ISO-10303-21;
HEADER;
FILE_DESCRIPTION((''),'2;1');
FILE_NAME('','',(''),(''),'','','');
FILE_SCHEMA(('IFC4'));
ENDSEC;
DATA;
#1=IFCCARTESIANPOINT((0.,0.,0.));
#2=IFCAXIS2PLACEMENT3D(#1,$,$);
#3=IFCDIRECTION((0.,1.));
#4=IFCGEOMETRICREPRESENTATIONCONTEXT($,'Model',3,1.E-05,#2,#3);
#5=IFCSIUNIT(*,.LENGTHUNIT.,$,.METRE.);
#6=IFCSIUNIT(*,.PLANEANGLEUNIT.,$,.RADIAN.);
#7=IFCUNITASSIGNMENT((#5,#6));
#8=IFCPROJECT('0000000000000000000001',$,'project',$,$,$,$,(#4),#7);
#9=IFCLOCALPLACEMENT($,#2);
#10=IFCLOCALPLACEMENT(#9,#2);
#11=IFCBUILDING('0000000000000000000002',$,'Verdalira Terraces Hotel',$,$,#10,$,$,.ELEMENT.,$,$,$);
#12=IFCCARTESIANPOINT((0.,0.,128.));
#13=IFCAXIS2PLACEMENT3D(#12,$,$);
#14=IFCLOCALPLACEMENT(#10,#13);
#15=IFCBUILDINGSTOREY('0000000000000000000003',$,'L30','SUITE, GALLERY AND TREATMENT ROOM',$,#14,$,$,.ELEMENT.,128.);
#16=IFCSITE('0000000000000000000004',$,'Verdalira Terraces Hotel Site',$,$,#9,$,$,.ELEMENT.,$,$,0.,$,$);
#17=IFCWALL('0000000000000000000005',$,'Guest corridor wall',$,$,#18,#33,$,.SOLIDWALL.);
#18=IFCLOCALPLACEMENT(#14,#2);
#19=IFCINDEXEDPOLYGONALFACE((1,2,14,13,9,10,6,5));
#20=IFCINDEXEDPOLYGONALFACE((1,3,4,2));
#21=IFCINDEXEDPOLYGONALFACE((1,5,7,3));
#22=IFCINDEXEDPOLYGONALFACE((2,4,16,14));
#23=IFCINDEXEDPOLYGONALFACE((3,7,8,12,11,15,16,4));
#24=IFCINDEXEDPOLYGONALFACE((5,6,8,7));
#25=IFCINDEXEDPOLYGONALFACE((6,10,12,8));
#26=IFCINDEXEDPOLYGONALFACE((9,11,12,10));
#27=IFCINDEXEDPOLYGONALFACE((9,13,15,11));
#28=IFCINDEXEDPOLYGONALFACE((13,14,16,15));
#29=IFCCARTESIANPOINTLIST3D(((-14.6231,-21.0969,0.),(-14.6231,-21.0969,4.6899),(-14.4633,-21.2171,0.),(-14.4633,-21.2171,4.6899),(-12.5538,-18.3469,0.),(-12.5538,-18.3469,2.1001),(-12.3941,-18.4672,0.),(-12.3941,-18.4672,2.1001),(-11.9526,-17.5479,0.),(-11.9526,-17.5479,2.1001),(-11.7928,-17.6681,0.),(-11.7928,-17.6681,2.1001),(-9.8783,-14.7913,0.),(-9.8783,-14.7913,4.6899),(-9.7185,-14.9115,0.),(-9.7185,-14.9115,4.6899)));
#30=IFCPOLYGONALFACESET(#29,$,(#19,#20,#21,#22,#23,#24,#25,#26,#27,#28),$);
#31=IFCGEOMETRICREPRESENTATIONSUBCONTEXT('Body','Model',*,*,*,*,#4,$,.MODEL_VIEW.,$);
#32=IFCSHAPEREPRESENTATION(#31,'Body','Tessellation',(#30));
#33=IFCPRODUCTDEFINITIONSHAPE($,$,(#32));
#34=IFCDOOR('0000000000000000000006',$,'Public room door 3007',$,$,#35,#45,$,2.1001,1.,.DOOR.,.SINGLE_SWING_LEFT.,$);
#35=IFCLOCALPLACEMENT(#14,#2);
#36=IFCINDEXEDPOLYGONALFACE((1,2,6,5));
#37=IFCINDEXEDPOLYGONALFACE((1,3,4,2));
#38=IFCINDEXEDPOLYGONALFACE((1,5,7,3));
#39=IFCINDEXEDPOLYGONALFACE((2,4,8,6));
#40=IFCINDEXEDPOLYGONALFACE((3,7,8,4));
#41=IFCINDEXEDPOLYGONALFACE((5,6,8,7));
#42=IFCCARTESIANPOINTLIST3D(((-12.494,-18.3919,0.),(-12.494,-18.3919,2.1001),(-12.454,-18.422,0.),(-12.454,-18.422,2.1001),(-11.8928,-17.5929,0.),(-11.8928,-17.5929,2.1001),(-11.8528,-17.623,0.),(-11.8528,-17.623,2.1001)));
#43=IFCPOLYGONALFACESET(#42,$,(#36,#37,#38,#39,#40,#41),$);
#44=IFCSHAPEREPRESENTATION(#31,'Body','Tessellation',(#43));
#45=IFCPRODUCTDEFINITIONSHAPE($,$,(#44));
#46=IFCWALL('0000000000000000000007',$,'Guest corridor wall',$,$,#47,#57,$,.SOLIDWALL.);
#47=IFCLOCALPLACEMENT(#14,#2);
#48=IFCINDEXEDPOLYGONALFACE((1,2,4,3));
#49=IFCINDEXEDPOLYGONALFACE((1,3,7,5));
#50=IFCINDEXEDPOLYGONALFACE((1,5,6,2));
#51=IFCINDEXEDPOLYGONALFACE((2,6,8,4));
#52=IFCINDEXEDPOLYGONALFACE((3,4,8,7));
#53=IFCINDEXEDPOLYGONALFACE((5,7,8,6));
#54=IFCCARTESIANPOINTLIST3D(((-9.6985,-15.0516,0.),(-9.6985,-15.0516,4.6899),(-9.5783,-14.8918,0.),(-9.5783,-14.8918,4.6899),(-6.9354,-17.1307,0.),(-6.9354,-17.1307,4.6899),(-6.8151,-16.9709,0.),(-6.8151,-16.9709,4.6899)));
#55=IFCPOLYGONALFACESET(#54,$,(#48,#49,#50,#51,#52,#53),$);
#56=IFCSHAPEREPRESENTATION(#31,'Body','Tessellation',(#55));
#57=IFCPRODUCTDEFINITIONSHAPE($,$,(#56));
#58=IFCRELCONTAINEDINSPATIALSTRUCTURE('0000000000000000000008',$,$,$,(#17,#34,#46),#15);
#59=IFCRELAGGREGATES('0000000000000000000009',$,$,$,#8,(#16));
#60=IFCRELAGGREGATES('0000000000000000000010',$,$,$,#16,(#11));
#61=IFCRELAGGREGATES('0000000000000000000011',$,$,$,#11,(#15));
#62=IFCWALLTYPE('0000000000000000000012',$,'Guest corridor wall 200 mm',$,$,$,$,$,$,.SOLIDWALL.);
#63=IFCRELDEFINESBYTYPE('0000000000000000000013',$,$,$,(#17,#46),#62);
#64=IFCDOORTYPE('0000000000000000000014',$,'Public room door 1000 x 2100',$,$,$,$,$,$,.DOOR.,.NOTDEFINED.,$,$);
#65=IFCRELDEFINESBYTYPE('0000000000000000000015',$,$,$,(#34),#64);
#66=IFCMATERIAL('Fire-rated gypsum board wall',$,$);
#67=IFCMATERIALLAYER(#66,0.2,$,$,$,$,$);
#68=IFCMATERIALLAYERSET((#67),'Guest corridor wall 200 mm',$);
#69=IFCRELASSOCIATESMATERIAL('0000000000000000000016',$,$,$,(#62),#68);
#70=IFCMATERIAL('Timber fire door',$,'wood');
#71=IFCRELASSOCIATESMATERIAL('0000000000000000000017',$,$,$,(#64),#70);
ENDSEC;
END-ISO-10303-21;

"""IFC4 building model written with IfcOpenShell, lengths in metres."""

from ifc_helpers import new_model, si_unit, direction, frame, frame_2d, origin, place, context, subcontext, project, spatial, rectangle, extrude, material, layer, layer_set, type_object, element, fill, save


model = new_model("IFC4")

# Units and contexts
model_context = context("Model", 3, precision=1e-05, world=origin(), true_north=direction((0.0, 1.0)))
body_context = subcontext(model_context, "Body", "Model", "MODEL_VIEW")
ifc_project = project(units=[si_unit("LENGTHUNIT", "METRE"), si_unit("PLANEANGLEUNIT", "RADIAN")], contexts=[model_context])

# Site, building, storey
site_placement = place(None, origin())
site = spatial("IfcSite", under=ifc_project, at=site_placement, Name="Verdalira Terraces Hotel Site", CompositionType="ELEMENT", RefElevation=0.0)
building_placement = place(site_placement, origin())
building = spatial("IfcBuilding", under=site, at=building_placement, Name="Verdalira Terraces Hotel", CompositionType="ELEMENT")
storey_placement = place(building_placement, frame((0.0, 0.0, 128.0)))
storey = spatial("IfcBuildingStorey", under=building, at=storey_placement, Name="L30", Description="SUITE, GALLERY AND TREATMENT ROOM", CompositionType="ELEMENT", Elevation=128.0)

# Shared definitions
ifc_material_1 = material(Name="Fire-rated gypsum board wall")
ifc_layer_1 = layer(ifc_material_1, 0.2)
ifc_layer_set_1 = layer_set([ifc_layer_1], Name="Guest corridor wall 200 mm")
wall_type_1 = type_object("IfcWallType", Name="Guest corridor wall 200 mm", PredefinedType="SOLIDWALL", material=ifc_layer_set_1)

# Wall, opening, door
wall_1_placement = place(storey_placement, frame((-9.7983, -14.8513, 0.0), z_axis=(0.0, 0.0, 1.0), x_axis=(-0.601266, -0.799049, 0.0)))
wall_1 = element("IfcWall", 1, at=wall_1_placement, inside=storey, type_object=wall_type_1, Name="Guest corridor wall", PredefinedType="SOLIDWALL", context=body_context, shape_type="SweptSolid", body=[
    extrude(rectangle(XDim=7.8914, YDim=0.2, at=frame_2d((3.9458, 0.0))), origin(), (0.0, 0.0, 1.0), 4.6899),
])
opening_1_placement = place(wall_1_placement, frame((3.45, 0.0, 0.0)))
opening_1 = element("IfcOpeningElement", 2, at=opening_1_placement, cuts=wall_1, PredefinedType="OPENING", context=body_context, shape_type="SweptSolid", body=[
    extrude(rectangle(XDim=1.0, YDim=2.1001, at=frame_2d((0.5, 1.05))), frame((0.0, 0.1099, 0.0), z_axis=(0.0, -1.0, 0.0), x_axis=(1.0, 0.0, 0.0)), (0.0, 0.0, 1.0), 0.22),
])
ifc_material_2 = material(Name="Timber fire door", Category="wood")
door_type_1 = type_object("IfcDoorType", Name="Public room door 1000 x 2100", OperationType="NOTDEFINED", PredefinedType="DOOR", material=ifc_material_2)
door_1_placement = place(opening_1_placement, origin())
door_1 = element("IfcDoor", 3, at=door_1_placement, inside=storey, type_object=door_type_1, Name="Public room door 3007", OperationType="SINGLE_SWING_LEFT", OverallHeight=2.1001, OverallWidth=1.0, PredefinedType="DOOR", context=body_context, shape_type="SweptSolid", body=[
    extrude(rectangle(XDim=1.0, YDim=2.1001, at=frame_2d((0.5, 1.05))), frame((0.0, 0.0249, 0.0), z_axis=(0.0, -1.0, 0.0), x_axis=(1.0, 0.0, 0.0)), (0.0, 0.0, 1.0), 0.05),
])
fill(opening_1, door_1)

# Wall
wall_2_placement = place(storey_placement, frame((-9.6384, -14.9717, 0.0), z_axis=(0.0, 0.0, 1.0), x_axis=(0.799067, -0.601242, 0.0)))
element("IfcWall", 4, at=wall_2_placement, inside=storey, type_object=wall_type_1, Name="Guest corridor wall", PredefinedType="SOLIDWALL", context=body_context, shape_type="SweptSolid", body=[
    extrude(rectangle(XDim=3.458, YDim=0.2, at=frame_2d((1.729, 0.0))), origin(), (0.0, 0.0, 1.0), 4.6899),
])

save(model, "model.ifc")
